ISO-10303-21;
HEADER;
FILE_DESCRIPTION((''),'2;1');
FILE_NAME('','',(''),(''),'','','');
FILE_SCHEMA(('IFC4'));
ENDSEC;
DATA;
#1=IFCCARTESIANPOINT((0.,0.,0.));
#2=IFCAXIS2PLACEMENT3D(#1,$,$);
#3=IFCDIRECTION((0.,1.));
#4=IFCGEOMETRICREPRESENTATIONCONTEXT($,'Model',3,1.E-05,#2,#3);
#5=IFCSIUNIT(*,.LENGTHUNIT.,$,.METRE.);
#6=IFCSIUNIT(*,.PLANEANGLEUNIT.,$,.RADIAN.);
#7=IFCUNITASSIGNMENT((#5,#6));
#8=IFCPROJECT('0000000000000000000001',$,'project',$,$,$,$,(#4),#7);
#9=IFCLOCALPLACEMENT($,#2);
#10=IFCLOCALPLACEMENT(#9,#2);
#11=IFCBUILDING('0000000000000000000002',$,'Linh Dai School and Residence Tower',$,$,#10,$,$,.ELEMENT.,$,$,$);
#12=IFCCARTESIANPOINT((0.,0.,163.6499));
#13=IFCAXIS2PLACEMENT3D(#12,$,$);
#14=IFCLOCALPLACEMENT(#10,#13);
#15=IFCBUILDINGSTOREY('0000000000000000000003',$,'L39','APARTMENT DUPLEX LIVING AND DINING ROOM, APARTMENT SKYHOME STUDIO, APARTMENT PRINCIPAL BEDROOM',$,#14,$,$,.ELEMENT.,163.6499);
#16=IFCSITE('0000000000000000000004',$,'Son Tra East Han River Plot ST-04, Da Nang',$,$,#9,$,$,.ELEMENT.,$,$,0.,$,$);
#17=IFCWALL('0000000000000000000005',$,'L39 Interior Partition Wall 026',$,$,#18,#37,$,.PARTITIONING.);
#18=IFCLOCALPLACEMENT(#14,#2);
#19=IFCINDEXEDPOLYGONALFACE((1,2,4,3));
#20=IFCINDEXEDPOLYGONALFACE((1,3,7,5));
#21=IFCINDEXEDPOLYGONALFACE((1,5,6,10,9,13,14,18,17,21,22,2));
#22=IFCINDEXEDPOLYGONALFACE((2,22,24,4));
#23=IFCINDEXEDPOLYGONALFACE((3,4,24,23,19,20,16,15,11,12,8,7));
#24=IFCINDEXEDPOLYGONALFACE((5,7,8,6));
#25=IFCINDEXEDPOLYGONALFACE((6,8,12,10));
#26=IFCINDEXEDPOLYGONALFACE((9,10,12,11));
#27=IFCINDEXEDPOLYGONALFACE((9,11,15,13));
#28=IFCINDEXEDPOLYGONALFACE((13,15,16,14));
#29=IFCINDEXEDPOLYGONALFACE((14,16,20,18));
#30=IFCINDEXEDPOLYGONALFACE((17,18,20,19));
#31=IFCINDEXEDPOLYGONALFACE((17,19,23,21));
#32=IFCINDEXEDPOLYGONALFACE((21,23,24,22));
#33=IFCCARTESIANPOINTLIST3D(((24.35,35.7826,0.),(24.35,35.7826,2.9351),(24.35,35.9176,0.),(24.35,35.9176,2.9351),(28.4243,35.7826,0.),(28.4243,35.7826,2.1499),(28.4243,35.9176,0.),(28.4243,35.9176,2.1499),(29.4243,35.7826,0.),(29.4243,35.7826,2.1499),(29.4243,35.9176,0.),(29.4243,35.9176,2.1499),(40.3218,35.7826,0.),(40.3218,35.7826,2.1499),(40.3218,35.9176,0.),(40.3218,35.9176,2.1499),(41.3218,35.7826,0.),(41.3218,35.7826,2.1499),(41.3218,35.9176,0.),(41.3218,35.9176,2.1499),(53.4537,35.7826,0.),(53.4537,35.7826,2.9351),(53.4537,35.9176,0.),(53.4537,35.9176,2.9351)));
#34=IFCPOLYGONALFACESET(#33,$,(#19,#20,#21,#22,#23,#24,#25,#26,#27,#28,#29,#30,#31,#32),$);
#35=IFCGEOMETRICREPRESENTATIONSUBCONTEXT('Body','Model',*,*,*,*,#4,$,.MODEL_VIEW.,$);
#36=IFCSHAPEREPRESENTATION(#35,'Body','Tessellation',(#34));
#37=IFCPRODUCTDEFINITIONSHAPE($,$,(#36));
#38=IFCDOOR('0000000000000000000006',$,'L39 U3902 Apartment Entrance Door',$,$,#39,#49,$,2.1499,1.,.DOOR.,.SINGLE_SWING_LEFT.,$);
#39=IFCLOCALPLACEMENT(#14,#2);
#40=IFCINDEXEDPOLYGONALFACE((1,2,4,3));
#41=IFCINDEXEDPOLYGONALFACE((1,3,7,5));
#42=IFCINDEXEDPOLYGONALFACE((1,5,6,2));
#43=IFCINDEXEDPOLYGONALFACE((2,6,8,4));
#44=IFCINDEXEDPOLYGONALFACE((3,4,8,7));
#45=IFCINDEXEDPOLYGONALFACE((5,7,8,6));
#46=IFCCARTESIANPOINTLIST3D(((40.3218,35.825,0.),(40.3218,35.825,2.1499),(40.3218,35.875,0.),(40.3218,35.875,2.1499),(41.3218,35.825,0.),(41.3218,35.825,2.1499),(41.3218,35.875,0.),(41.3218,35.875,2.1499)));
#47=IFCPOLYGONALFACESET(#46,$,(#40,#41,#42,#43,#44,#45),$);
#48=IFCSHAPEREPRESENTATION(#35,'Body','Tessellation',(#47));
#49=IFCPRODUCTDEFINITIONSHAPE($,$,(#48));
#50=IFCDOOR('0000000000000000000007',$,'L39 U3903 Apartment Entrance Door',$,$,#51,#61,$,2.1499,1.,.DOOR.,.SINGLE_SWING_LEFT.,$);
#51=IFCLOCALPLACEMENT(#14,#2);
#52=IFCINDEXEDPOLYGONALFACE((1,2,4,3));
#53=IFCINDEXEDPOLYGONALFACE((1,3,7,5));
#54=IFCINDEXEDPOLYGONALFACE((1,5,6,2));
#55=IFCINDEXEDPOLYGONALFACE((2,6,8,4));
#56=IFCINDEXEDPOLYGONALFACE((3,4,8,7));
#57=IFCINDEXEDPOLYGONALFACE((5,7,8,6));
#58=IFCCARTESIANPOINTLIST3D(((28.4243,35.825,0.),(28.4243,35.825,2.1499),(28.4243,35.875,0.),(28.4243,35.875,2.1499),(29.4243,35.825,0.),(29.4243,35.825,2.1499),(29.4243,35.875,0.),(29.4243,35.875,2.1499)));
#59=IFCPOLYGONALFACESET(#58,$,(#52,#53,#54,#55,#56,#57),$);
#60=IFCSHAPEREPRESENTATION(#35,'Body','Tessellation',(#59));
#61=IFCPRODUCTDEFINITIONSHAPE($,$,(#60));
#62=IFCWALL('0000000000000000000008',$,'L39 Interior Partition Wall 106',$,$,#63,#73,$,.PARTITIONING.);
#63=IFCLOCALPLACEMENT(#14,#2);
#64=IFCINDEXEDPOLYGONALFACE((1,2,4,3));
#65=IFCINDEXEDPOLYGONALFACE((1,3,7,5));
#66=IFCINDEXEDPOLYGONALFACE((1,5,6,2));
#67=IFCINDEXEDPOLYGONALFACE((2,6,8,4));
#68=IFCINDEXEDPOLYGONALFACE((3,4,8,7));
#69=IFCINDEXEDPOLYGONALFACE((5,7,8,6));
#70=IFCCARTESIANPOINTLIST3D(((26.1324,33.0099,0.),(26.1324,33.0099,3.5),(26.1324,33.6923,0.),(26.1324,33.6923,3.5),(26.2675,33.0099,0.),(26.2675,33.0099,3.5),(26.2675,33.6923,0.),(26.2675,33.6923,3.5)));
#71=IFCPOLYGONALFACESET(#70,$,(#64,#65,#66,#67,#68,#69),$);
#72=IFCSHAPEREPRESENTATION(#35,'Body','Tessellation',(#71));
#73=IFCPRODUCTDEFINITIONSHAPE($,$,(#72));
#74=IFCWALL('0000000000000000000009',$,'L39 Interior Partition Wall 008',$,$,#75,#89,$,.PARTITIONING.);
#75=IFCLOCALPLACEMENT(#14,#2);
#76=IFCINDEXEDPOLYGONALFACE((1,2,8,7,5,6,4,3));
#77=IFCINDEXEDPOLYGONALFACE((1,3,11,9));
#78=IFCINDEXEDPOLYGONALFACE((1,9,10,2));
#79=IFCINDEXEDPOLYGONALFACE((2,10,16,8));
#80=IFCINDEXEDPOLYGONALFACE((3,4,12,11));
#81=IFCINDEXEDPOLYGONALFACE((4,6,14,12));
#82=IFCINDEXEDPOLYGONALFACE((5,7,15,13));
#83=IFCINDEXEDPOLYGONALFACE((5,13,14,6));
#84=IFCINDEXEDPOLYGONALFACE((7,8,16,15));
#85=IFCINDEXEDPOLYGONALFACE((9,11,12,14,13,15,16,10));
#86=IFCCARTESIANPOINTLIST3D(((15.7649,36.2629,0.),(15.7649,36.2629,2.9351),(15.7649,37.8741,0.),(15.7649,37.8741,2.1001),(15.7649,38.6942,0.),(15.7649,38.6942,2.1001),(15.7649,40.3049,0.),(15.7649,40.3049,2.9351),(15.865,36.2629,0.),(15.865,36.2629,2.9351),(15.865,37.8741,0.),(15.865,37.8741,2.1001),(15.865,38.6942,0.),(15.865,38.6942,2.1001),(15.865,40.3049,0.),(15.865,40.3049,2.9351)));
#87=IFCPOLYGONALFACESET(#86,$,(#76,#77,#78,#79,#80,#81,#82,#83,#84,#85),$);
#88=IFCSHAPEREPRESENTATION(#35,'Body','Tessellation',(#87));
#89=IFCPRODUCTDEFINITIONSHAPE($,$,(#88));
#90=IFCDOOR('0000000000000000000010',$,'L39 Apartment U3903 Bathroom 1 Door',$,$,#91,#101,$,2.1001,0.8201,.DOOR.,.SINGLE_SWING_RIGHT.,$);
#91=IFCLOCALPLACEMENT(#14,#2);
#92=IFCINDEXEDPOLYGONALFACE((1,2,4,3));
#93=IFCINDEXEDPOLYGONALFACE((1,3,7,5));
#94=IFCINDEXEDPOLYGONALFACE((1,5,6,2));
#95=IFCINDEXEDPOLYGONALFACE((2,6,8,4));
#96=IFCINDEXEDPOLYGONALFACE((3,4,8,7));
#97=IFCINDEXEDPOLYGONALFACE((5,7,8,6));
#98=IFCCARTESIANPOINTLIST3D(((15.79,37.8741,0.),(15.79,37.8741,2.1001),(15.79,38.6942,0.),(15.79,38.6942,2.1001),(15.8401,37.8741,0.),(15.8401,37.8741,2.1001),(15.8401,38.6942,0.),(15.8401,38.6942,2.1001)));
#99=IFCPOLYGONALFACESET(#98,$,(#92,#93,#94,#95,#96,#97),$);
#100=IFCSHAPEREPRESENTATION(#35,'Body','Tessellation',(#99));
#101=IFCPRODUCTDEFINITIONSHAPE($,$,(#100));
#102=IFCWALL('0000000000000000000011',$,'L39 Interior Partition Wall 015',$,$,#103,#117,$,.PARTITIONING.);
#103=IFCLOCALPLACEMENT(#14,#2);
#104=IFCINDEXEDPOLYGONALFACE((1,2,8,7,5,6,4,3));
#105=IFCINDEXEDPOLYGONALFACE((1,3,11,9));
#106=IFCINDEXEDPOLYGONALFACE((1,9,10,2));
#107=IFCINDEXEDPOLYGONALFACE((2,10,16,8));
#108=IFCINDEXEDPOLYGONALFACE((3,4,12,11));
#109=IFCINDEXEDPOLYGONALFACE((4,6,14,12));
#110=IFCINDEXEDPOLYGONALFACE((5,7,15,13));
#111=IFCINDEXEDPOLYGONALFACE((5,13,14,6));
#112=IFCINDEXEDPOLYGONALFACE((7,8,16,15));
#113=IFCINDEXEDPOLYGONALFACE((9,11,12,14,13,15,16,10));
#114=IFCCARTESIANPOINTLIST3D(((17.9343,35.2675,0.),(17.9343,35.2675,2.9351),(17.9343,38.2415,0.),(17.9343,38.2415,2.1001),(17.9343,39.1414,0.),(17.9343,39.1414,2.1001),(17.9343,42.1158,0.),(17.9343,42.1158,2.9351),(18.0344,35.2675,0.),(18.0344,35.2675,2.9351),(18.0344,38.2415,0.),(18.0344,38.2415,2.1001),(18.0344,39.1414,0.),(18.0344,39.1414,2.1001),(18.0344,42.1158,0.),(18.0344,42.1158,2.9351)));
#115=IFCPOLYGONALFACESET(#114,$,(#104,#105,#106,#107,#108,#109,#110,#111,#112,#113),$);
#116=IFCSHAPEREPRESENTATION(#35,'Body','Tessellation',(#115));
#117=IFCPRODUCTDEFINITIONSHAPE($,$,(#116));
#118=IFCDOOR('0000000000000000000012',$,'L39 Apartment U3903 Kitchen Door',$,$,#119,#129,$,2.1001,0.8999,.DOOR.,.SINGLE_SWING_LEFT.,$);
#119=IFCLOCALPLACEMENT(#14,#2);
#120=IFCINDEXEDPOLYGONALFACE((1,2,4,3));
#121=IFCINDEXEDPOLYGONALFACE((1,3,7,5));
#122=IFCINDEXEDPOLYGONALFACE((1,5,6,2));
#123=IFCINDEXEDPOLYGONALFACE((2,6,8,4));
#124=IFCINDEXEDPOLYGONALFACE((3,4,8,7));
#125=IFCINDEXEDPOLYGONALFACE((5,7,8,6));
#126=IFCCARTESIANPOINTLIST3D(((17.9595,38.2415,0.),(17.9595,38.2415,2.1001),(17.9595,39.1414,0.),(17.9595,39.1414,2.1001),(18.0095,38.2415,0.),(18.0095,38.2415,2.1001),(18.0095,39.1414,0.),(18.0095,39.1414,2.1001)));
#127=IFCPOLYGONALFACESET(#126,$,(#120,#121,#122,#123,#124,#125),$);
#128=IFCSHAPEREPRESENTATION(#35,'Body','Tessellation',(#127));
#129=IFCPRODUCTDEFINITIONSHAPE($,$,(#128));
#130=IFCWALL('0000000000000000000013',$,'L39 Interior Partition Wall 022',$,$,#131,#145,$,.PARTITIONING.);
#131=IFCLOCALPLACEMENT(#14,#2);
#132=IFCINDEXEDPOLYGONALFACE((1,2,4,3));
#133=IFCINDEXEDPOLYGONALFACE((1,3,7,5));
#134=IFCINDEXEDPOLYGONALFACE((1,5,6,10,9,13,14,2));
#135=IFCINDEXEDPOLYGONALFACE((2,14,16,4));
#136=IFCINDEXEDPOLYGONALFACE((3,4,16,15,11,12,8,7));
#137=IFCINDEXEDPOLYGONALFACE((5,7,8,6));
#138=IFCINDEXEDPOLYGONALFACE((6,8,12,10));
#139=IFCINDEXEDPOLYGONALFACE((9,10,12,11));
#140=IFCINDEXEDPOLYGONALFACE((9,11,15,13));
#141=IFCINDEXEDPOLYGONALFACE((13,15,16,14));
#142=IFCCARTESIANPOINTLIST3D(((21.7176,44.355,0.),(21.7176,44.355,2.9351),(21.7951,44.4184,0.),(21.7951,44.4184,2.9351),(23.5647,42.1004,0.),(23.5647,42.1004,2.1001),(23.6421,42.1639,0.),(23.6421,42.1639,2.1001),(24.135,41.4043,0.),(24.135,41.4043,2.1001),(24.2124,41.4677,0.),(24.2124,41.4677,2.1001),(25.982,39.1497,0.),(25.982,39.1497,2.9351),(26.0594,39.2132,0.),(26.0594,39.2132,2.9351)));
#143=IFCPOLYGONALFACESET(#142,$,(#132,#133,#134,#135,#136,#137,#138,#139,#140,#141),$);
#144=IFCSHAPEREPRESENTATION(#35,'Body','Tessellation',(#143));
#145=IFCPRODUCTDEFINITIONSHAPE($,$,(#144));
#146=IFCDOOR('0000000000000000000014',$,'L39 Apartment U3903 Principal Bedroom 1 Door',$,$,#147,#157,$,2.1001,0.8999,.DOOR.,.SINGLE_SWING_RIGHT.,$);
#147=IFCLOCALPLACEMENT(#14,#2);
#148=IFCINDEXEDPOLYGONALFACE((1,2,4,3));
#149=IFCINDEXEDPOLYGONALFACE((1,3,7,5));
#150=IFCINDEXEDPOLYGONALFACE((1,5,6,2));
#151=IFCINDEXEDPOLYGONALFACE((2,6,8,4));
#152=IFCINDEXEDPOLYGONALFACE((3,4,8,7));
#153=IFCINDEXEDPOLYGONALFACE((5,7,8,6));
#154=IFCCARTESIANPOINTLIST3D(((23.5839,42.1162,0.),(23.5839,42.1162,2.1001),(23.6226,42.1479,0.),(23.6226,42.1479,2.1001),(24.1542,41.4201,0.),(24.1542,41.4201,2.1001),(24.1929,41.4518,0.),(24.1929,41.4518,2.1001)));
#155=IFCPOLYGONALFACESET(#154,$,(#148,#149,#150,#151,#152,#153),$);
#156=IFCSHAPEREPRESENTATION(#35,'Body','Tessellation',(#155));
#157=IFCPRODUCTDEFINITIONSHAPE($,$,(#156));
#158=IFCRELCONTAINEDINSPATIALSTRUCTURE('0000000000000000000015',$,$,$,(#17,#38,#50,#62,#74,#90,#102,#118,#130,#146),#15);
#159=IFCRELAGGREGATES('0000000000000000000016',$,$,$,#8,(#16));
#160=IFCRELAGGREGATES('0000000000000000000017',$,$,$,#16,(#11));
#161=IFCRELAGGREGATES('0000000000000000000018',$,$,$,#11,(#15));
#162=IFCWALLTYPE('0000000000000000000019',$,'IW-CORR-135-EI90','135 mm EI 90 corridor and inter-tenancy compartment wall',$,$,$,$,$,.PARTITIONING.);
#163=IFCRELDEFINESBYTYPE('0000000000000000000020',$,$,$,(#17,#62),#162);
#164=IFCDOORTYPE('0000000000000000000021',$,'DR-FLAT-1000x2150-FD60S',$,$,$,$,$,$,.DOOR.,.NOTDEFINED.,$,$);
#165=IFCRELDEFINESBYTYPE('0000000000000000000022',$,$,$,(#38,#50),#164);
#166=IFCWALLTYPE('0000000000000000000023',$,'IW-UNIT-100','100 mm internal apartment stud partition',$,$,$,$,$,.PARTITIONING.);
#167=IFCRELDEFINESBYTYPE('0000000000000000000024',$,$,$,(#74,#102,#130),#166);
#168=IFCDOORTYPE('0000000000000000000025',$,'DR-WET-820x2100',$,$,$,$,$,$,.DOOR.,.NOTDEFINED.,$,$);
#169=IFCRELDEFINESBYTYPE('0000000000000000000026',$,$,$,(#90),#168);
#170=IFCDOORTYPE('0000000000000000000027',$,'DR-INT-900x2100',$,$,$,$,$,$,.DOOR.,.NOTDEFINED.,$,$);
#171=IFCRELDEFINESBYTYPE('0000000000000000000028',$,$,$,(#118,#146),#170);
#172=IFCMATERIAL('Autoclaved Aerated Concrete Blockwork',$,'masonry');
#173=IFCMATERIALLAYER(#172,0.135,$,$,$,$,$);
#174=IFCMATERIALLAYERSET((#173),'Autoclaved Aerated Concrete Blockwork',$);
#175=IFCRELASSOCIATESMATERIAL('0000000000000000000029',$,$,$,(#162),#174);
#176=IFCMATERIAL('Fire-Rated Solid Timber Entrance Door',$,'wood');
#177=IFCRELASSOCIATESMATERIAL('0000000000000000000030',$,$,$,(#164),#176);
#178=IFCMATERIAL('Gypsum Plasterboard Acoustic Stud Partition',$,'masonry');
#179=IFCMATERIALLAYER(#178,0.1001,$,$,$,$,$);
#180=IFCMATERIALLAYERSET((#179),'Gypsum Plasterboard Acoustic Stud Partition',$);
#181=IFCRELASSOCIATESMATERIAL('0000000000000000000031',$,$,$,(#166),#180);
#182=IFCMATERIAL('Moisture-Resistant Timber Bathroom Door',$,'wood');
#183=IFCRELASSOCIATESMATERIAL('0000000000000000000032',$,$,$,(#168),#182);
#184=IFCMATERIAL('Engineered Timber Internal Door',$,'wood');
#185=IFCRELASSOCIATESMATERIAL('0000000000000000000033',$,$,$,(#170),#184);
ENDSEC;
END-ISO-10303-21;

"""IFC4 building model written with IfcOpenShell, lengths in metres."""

from ifc_helpers import new_model, si_unit, direction, frame, frame_2d, origin, origin_2d, place, context, subcontext, project, spatial, rectangle, extrude, source, transform, mapped, material, layer, layer_set, type_object, element, fill, save


model = new_model("IFC4")

# Units and contexts
model_context = context("Model", 3, precision=1e-05, world=origin(), true_north=direction((0.0, 1.0)))
body_context = subcontext(model_context, "Body", "Model", "MODEL_VIEW")
ifc_project = project(units=[si_unit("LENGTHUNIT", "METRE"), si_unit("PLANEANGLEUNIT", "RADIAN")], contexts=[model_context])

# Site, building, storey
site_placement = place(None, origin())
site = spatial("IfcSite", under=ifc_project, at=site_placement, Name="Son Tra East Han River Plot ST-04, Da Nang", CompositionType="ELEMENT", RefElevation=0.0)
building_placement = place(site_placement, origin())
building = spatial("IfcBuilding", under=site, at=building_placement, Name="Linh Dai School and Residence Tower", CompositionType="ELEMENT")
storey_placement = place(building_placement, frame((0.0, 0.0, 163.6499)))
storey = spatial("IfcBuildingStorey", under=building, at=storey_placement, Name="L39", Description="APARTMENT DUPLEX LIVING AND DINING ROOM, APARTMENT SKYHOME STUDIO, APARTMENT PRINCIPAL BEDROOM", CompositionType="ELEMENT", Elevation=163.6499)

# Shared definitions
ifc_material_1 = material(Name="Autoclaved Aerated Concrete Blockwork", Category="masonry")
ifc_layer_1 = layer(ifc_material_1, 0.135)
ifc_layer_set_1 = layer_set([ifc_layer_1], Name="Autoclaved Aerated Concrete Blockwork")
wall_type_1 = type_object("IfcWallType", Name="IW-CORR-135-EI90", Description="135 mm EI 90 corridor and inter-tenancy compartment wall", PredefinedType="PARTITIONING", material=ifc_layer_set_1)

# Wall, openings, doors
wall_1_placement = place(storey_placement, frame((24.3501, 35.8501, 0.0), z_axis=(0.0, 0.0, 1.0), x_axis=(1.0, 0.0, 0.0)))
wall_1 = element("IfcWall", 1, at=wall_1_placement, inside=storey, type_object=wall_type_1, Name="L39 Interior Partition Wall 026", PredefinedType="PARTITIONING", context=body_context, shape_type="SweptSolid", body=[
    extrude(rectangle(XDim=29.1038, YDim=0.135, at=frame_2d((14.5518, 0.0))), origin(), (0.0, 0.0, 1.0), 2.9351),
])
opening_1_placement = place(wall_1_placement, frame((15.9717, 0.0, 0.0)))
opening_1 = element("IfcOpeningElement", 2, at=opening_1_placement, cuts=wall_1, PredefinedType="OPENING", context=body_context, shape_type="SweptSolid", body=[
    extrude(rectangle(XDim=1.0, YDim=2.1499, at=origin_2d()), frame((0.5, 0.0776, 1.075), z_axis=(0.0, -1.0, 0.0), x_axis=(1.0, 0.0, 0.0)), (0.0, 0.0, 1.0), 0.155),
])
opening_2_placement = place(wall_1_placement, frame((4.0742, 0.0, 0.0)))
opening_2 = element("IfcOpeningElement", 3, at=opening_2_placement, cuts=wall_1, PredefinedType="OPENING", context=body_context, shape_type="SweptSolid", body=[
    extrude(rectangle(XDim=1.0, YDim=2.1499, at=origin_2d()), frame((0.5, 0.0776, 1.075), z_axis=(0.0, -1.0, 0.0), x_axis=(1.0, 0.0, 0.0)), (0.0, 0.0, 1.0), 0.155),
])
ifc_material_2 = material(Name="Fire-Rated Solid Timber Entrance Door", Category="wood")
door_type_1 = type_object("IfcDoorType", Name="DR-FLAT-1000x2150-FD60S", OperationType="NOTDEFINED", PredefinedType="DOOR", material=ifc_material_2)
shared_shape_1 = source(origin(), body_context, "Body", "SweptSolid", [
    extrude(rectangle(XDim=1.0, YDim=2.1499, at=origin_2d()), frame((0.5, 0.0249, 1.075), z_axis=(0.0, -1.0, 0.0), x_axis=(1.0, 0.0, 0.0)), (0.0, 0.0, 1.0), 0.05),
])
door_1_placement = place(opening_1_placement, origin())
door_1 = element("IfcDoor", 4, at=door_1_placement, inside=storey, type_object=door_type_1, Name="L39 U3902 Apartment Entrance Door", OperationType="SINGLE_SWING_LEFT", OverallHeight=2.1499, OverallWidth=1.0, PredefinedType="DOOR", context=body_context, shape_type="MappedRepresentation", body=[
    mapped(shared_shape_1, transform((0.0, 0.0, 0.0), x_axis=(1.0, 0.0, 0.0), y_axis=(0.0, 1.0, 0.0), z_axis=(0.0, 0.0, 1.0), scale=1.0)),
])
fill(opening_1, door_1)
door_2_placement = place(opening_2_placement, origin())
door_2 = element("IfcDoor", 5, at=door_2_placement, inside=storey, type_object=door_type_1, Name="L39 U3903 Apartment Entrance Door", OperationType="SINGLE_SWING_LEFT", OverallHeight=2.1499, OverallWidth=1.0, PredefinedType="DOOR", context=body_context, shape_type="MappedRepresentation", body=[
    mapped(shared_shape_1, transform((0.0, 0.0, 0.0), x_axis=(1.0, 0.0, 0.0), y_axis=(0.0, 1.0, 0.0), z_axis=(0.0, 0.0, 1.0), scale=1.0)),
])
fill(opening_2, door_2)

# Wall
wall_2_placement = place(storey_placement, frame((26.2, 33.6924, 0.0), z_axis=(0.0, 0.0, 1.0), x_axis=(0.0, -1.0, 0.0)))
element("IfcWall", 6, at=wall_2_placement, inside=storey, type_object=wall_type_1, Name="L39 Interior Partition Wall 106", PredefinedType="PARTITIONING", context=body_context, shape_type="SweptSolid", body=[
    extrude(rectangle(XDim=0.6824, YDim=0.135, at=frame_2d((0.3413, 0.0))), origin(), (0.0, 0.0, 1.0), 3.5),
])

# Walls, openings, doors
ifc_material_3 = material(Name="Gypsum Plasterboard Acoustic Stud Partition", Category="masonry")
ifc_layer_2 = layer(ifc_material_3, 0.1001)
ifc_layer_set_2 = layer_set([ifc_layer_2], Name="Gypsum Plasterboard Acoustic Stud Partition")
wall_type_2 = type_object("IfcWallType", Name="IW-UNIT-100", Description="100 mm internal apartment stud partition", PredefinedType="PARTITIONING", material=ifc_layer_set_2)
wall_3_placement = place(storey_placement, frame((15.8149, 36.2629, 0.0), z_axis=(0.0, 0.0, 1.0), x_axis=(0.0, 1.0, 0.0)))
wall_3 = element("IfcWall", 7, at=wall_3_placement, inside=storey, type_object=wall_type_2, Name="L39 Interior Partition Wall 008", PredefinedType="PARTITIONING", context=body_context, shape_type="SweptSolid", body=[
    extrude(rectangle(XDim=4.042, YDim=0.1001, at=frame_2d((2.021, 0.0))), origin(), (0.0, 0.0, 1.0), 2.9351),
])
opening_3_placement = place(wall_3_placement, frame((1.6111, 0.0, 0.0)))
opening_3 = element("IfcOpeningElement", 8, at=opening_3_placement, cuts=wall_3, PredefinedType="OPENING", context=body_context, shape_type="SweptSolid", body=[
    extrude(rectangle(XDim=0.8201, YDim=2.1001, at=origin_2d()), frame((0.4102, 0.0601, 1.05), z_axis=(0.0, -1.0, 0.0), x_axis=(1.0, 0.0, 0.0)), (0.0, 0.0, 1.0), 0.1201),
])
ifc_material_4 = material(Name="Moisture-Resistant Timber Bathroom Door", Category="wood")
door_type_2 = type_object("IfcDoorType", Name="DR-WET-820x2100", OperationType="NOTDEFINED", PredefinedType="DOOR", material=ifc_material_4)
shared_shape_2 = source(origin(), body_context, "Body", "SweptSolid", [
    extrude(rectangle(XDim=0.8201, YDim=2.1001, at=origin_2d()), frame((0.4102, 0.0249, 1.05), z_axis=(0.0, -1.0, 0.0), x_axis=(1.0, 0.0, 0.0)), (0.0, 0.0, 1.0), 0.05),
])
door_3_placement = place(opening_3_placement, origin())
door_3 = element("IfcDoor", 9, at=door_3_placement, inside=storey, type_object=door_type_2, Name="L39 Apartment U3903 Bathroom 1 Door", OperationType="SINGLE_SWING_RIGHT", OverallHeight=2.1001, OverallWidth=0.8201, PredefinedType="DOOR", context=body_context, shape_type="MappedRepresentation", body=[
    mapped(shared_shape_2, transform((0.0, 0.0, 0.0), x_axis=(1.0, 0.0, 0.0), y_axis=(0.0, 1.0, 0.0), z_axis=(0.0, 0.0, 1.0), scale=1.0)),
])
fill(opening_3, door_3)
wall_4_placement = place(storey_placement, frame((17.9844, 35.2673, 0.0), z_axis=(0.0, 0.0, 1.0), x_axis=(0.0, 1.0, 0.0)))
wall_4 = element("IfcWall", 10, at=wall_4_placement, inside=storey, type_object=wall_type_2, Name="L39 Interior Partition Wall 015", PredefinedType="PARTITIONING", context=body_context, shape_type="SweptSolid", body=[
    extrude(rectangle(XDim=6.8484, YDim=0.1001, at=frame_2d((3.4243, 0.0))), origin(), (0.0, 0.0, 1.0), 2.9351),
])
opening_4_placement = place(wall_4_placement, frame((2.9741, 0.0, 0.0)))
opening_4 = element("IfcOpeningElement", 11, at=opening_4_placement, cuts=wall_4, PredefinedType="OPENING", context=body_context, shape_type="SweptSolid", body=[
    extrude(rectangle(XDim=0.8999, YDim=2.1001, at=origin_2d()), frame((0.45, 0.0601, 1.05), z_axis=(0.0, -1.0, 0.0), x_axis=(1.0, 0.0, 0.0)), (0.0, 0.0, 1.0), 0.1201),
])
ifc_material_5 = material(Name="Engineered Timber Internal Door", Category="wood")
door_type_3 = type_object("IfcDoorType", Name="DR-INT-900x2100", OperationType="NOTDEFINED", PredefinedType="DOOR", material=ifc_material_5)
shared_shape_3 = source(origin(), body_context, "Body", "SweptSolid", [
    extrude(rectangle(XDim=0.8999, YDim=2.1001, at=origin_2d()), frame((0.45, 0.0249, 1.05), z_axis=(0.0, -1.0, 0.0), x_axis=(1.0, 0.0, 0.0)), (0.0, 0.0, 1.0), 0.05),
])
door_4_placement = place(opening_4_placement, origin())
door_4 = element("IfcDoor", 12, at=door_4_placement, inside=storey, type_object=door_type_3, Name="L39 Apartment U3903 Kitchen Door", OperationType="SINGLE_SWING_LEFT", OverallHeight=2.1001, OverallWidth=0.8999, PredefinedType="DOOR", context=body_context, shape_type="MappedRepresentation", body=[
    mapped(shared_shape_3, transform((0.0, 0.0, 0.0), x_axis=(1.0, 0.0, 0.0), y_axis=(0.0, 1.0, 0.0), z_axis=(0.0, 0.0, 1.0), scale=1.0)),
])
fill(opening_4, door_4)
wall_5_placement = place(storey_placement, frame((21.7563, 44.3867, 0.0), z_axis=(0.0, 0.0, 1.0), x_axis=(0.633728, -0.773556, 0.0)))
wall_5 = element("IfcWall", 13, at=wall_5_placement, inside=storey, type_object=wall_type_2, Name="L39 Interior Partition Wall 022", PredefinedType="PARTITIONING", context=body_context, shape_type="SweptSolid", body=[
    extrude(rectangle(XDim=6.729, YDim=0.1001, at=frame_2d((3.3645, 0.0))), origin(), (0.0, 0.0, 1.0), 2.9351),
])
opening_5_placement = place(wall_5_placement, frame((2.9146, 0.0, 0.0)))
opening_5 = element("IfcOpeningElement", 14, at=opening_5_placement, cuts=wall_5, PredefinedType="OPENING", context=body_context, shape_type="SweptSolid", body=[
    extrude(rectangle(XDim=0.8999, YDim=2.1001, at=origin_2d()), frame((0.45, 0.0601, 1.05), z_axis=(0.0, -1.0, 0.0), x_axis=(1.0, 0.0, 0.0)), (0.0, 0.0, 1.0), 0.1201),
])
door_5_placement = place(opening_5_placement, origin())
door_5 = element("IfcDoor", 15, at=door_5_placement, inside=storey, type_object=door_type_3, Name="L39 Apartment U3903 Principal Bedroom 1 Door", OperationType="SINGLE_SWING_RIGHT", OverallHeight=2.1001, OverallWidth=0.8999, PredefinedType="DOOR", context=body_context, shape_type="MappedRepresentation", body=[
    mapped(shared_shape_3, transform((0.0, 0.0, 0.0), x_axis=(1.0, 0.0, 0.0), y_axis=(0.0, 1.0, 0.0), z_axis=(0.0, 0.0, 1.0), scale=1.0)),
])
fill(opening_5, door_5)

save(model, "model.ifc")
